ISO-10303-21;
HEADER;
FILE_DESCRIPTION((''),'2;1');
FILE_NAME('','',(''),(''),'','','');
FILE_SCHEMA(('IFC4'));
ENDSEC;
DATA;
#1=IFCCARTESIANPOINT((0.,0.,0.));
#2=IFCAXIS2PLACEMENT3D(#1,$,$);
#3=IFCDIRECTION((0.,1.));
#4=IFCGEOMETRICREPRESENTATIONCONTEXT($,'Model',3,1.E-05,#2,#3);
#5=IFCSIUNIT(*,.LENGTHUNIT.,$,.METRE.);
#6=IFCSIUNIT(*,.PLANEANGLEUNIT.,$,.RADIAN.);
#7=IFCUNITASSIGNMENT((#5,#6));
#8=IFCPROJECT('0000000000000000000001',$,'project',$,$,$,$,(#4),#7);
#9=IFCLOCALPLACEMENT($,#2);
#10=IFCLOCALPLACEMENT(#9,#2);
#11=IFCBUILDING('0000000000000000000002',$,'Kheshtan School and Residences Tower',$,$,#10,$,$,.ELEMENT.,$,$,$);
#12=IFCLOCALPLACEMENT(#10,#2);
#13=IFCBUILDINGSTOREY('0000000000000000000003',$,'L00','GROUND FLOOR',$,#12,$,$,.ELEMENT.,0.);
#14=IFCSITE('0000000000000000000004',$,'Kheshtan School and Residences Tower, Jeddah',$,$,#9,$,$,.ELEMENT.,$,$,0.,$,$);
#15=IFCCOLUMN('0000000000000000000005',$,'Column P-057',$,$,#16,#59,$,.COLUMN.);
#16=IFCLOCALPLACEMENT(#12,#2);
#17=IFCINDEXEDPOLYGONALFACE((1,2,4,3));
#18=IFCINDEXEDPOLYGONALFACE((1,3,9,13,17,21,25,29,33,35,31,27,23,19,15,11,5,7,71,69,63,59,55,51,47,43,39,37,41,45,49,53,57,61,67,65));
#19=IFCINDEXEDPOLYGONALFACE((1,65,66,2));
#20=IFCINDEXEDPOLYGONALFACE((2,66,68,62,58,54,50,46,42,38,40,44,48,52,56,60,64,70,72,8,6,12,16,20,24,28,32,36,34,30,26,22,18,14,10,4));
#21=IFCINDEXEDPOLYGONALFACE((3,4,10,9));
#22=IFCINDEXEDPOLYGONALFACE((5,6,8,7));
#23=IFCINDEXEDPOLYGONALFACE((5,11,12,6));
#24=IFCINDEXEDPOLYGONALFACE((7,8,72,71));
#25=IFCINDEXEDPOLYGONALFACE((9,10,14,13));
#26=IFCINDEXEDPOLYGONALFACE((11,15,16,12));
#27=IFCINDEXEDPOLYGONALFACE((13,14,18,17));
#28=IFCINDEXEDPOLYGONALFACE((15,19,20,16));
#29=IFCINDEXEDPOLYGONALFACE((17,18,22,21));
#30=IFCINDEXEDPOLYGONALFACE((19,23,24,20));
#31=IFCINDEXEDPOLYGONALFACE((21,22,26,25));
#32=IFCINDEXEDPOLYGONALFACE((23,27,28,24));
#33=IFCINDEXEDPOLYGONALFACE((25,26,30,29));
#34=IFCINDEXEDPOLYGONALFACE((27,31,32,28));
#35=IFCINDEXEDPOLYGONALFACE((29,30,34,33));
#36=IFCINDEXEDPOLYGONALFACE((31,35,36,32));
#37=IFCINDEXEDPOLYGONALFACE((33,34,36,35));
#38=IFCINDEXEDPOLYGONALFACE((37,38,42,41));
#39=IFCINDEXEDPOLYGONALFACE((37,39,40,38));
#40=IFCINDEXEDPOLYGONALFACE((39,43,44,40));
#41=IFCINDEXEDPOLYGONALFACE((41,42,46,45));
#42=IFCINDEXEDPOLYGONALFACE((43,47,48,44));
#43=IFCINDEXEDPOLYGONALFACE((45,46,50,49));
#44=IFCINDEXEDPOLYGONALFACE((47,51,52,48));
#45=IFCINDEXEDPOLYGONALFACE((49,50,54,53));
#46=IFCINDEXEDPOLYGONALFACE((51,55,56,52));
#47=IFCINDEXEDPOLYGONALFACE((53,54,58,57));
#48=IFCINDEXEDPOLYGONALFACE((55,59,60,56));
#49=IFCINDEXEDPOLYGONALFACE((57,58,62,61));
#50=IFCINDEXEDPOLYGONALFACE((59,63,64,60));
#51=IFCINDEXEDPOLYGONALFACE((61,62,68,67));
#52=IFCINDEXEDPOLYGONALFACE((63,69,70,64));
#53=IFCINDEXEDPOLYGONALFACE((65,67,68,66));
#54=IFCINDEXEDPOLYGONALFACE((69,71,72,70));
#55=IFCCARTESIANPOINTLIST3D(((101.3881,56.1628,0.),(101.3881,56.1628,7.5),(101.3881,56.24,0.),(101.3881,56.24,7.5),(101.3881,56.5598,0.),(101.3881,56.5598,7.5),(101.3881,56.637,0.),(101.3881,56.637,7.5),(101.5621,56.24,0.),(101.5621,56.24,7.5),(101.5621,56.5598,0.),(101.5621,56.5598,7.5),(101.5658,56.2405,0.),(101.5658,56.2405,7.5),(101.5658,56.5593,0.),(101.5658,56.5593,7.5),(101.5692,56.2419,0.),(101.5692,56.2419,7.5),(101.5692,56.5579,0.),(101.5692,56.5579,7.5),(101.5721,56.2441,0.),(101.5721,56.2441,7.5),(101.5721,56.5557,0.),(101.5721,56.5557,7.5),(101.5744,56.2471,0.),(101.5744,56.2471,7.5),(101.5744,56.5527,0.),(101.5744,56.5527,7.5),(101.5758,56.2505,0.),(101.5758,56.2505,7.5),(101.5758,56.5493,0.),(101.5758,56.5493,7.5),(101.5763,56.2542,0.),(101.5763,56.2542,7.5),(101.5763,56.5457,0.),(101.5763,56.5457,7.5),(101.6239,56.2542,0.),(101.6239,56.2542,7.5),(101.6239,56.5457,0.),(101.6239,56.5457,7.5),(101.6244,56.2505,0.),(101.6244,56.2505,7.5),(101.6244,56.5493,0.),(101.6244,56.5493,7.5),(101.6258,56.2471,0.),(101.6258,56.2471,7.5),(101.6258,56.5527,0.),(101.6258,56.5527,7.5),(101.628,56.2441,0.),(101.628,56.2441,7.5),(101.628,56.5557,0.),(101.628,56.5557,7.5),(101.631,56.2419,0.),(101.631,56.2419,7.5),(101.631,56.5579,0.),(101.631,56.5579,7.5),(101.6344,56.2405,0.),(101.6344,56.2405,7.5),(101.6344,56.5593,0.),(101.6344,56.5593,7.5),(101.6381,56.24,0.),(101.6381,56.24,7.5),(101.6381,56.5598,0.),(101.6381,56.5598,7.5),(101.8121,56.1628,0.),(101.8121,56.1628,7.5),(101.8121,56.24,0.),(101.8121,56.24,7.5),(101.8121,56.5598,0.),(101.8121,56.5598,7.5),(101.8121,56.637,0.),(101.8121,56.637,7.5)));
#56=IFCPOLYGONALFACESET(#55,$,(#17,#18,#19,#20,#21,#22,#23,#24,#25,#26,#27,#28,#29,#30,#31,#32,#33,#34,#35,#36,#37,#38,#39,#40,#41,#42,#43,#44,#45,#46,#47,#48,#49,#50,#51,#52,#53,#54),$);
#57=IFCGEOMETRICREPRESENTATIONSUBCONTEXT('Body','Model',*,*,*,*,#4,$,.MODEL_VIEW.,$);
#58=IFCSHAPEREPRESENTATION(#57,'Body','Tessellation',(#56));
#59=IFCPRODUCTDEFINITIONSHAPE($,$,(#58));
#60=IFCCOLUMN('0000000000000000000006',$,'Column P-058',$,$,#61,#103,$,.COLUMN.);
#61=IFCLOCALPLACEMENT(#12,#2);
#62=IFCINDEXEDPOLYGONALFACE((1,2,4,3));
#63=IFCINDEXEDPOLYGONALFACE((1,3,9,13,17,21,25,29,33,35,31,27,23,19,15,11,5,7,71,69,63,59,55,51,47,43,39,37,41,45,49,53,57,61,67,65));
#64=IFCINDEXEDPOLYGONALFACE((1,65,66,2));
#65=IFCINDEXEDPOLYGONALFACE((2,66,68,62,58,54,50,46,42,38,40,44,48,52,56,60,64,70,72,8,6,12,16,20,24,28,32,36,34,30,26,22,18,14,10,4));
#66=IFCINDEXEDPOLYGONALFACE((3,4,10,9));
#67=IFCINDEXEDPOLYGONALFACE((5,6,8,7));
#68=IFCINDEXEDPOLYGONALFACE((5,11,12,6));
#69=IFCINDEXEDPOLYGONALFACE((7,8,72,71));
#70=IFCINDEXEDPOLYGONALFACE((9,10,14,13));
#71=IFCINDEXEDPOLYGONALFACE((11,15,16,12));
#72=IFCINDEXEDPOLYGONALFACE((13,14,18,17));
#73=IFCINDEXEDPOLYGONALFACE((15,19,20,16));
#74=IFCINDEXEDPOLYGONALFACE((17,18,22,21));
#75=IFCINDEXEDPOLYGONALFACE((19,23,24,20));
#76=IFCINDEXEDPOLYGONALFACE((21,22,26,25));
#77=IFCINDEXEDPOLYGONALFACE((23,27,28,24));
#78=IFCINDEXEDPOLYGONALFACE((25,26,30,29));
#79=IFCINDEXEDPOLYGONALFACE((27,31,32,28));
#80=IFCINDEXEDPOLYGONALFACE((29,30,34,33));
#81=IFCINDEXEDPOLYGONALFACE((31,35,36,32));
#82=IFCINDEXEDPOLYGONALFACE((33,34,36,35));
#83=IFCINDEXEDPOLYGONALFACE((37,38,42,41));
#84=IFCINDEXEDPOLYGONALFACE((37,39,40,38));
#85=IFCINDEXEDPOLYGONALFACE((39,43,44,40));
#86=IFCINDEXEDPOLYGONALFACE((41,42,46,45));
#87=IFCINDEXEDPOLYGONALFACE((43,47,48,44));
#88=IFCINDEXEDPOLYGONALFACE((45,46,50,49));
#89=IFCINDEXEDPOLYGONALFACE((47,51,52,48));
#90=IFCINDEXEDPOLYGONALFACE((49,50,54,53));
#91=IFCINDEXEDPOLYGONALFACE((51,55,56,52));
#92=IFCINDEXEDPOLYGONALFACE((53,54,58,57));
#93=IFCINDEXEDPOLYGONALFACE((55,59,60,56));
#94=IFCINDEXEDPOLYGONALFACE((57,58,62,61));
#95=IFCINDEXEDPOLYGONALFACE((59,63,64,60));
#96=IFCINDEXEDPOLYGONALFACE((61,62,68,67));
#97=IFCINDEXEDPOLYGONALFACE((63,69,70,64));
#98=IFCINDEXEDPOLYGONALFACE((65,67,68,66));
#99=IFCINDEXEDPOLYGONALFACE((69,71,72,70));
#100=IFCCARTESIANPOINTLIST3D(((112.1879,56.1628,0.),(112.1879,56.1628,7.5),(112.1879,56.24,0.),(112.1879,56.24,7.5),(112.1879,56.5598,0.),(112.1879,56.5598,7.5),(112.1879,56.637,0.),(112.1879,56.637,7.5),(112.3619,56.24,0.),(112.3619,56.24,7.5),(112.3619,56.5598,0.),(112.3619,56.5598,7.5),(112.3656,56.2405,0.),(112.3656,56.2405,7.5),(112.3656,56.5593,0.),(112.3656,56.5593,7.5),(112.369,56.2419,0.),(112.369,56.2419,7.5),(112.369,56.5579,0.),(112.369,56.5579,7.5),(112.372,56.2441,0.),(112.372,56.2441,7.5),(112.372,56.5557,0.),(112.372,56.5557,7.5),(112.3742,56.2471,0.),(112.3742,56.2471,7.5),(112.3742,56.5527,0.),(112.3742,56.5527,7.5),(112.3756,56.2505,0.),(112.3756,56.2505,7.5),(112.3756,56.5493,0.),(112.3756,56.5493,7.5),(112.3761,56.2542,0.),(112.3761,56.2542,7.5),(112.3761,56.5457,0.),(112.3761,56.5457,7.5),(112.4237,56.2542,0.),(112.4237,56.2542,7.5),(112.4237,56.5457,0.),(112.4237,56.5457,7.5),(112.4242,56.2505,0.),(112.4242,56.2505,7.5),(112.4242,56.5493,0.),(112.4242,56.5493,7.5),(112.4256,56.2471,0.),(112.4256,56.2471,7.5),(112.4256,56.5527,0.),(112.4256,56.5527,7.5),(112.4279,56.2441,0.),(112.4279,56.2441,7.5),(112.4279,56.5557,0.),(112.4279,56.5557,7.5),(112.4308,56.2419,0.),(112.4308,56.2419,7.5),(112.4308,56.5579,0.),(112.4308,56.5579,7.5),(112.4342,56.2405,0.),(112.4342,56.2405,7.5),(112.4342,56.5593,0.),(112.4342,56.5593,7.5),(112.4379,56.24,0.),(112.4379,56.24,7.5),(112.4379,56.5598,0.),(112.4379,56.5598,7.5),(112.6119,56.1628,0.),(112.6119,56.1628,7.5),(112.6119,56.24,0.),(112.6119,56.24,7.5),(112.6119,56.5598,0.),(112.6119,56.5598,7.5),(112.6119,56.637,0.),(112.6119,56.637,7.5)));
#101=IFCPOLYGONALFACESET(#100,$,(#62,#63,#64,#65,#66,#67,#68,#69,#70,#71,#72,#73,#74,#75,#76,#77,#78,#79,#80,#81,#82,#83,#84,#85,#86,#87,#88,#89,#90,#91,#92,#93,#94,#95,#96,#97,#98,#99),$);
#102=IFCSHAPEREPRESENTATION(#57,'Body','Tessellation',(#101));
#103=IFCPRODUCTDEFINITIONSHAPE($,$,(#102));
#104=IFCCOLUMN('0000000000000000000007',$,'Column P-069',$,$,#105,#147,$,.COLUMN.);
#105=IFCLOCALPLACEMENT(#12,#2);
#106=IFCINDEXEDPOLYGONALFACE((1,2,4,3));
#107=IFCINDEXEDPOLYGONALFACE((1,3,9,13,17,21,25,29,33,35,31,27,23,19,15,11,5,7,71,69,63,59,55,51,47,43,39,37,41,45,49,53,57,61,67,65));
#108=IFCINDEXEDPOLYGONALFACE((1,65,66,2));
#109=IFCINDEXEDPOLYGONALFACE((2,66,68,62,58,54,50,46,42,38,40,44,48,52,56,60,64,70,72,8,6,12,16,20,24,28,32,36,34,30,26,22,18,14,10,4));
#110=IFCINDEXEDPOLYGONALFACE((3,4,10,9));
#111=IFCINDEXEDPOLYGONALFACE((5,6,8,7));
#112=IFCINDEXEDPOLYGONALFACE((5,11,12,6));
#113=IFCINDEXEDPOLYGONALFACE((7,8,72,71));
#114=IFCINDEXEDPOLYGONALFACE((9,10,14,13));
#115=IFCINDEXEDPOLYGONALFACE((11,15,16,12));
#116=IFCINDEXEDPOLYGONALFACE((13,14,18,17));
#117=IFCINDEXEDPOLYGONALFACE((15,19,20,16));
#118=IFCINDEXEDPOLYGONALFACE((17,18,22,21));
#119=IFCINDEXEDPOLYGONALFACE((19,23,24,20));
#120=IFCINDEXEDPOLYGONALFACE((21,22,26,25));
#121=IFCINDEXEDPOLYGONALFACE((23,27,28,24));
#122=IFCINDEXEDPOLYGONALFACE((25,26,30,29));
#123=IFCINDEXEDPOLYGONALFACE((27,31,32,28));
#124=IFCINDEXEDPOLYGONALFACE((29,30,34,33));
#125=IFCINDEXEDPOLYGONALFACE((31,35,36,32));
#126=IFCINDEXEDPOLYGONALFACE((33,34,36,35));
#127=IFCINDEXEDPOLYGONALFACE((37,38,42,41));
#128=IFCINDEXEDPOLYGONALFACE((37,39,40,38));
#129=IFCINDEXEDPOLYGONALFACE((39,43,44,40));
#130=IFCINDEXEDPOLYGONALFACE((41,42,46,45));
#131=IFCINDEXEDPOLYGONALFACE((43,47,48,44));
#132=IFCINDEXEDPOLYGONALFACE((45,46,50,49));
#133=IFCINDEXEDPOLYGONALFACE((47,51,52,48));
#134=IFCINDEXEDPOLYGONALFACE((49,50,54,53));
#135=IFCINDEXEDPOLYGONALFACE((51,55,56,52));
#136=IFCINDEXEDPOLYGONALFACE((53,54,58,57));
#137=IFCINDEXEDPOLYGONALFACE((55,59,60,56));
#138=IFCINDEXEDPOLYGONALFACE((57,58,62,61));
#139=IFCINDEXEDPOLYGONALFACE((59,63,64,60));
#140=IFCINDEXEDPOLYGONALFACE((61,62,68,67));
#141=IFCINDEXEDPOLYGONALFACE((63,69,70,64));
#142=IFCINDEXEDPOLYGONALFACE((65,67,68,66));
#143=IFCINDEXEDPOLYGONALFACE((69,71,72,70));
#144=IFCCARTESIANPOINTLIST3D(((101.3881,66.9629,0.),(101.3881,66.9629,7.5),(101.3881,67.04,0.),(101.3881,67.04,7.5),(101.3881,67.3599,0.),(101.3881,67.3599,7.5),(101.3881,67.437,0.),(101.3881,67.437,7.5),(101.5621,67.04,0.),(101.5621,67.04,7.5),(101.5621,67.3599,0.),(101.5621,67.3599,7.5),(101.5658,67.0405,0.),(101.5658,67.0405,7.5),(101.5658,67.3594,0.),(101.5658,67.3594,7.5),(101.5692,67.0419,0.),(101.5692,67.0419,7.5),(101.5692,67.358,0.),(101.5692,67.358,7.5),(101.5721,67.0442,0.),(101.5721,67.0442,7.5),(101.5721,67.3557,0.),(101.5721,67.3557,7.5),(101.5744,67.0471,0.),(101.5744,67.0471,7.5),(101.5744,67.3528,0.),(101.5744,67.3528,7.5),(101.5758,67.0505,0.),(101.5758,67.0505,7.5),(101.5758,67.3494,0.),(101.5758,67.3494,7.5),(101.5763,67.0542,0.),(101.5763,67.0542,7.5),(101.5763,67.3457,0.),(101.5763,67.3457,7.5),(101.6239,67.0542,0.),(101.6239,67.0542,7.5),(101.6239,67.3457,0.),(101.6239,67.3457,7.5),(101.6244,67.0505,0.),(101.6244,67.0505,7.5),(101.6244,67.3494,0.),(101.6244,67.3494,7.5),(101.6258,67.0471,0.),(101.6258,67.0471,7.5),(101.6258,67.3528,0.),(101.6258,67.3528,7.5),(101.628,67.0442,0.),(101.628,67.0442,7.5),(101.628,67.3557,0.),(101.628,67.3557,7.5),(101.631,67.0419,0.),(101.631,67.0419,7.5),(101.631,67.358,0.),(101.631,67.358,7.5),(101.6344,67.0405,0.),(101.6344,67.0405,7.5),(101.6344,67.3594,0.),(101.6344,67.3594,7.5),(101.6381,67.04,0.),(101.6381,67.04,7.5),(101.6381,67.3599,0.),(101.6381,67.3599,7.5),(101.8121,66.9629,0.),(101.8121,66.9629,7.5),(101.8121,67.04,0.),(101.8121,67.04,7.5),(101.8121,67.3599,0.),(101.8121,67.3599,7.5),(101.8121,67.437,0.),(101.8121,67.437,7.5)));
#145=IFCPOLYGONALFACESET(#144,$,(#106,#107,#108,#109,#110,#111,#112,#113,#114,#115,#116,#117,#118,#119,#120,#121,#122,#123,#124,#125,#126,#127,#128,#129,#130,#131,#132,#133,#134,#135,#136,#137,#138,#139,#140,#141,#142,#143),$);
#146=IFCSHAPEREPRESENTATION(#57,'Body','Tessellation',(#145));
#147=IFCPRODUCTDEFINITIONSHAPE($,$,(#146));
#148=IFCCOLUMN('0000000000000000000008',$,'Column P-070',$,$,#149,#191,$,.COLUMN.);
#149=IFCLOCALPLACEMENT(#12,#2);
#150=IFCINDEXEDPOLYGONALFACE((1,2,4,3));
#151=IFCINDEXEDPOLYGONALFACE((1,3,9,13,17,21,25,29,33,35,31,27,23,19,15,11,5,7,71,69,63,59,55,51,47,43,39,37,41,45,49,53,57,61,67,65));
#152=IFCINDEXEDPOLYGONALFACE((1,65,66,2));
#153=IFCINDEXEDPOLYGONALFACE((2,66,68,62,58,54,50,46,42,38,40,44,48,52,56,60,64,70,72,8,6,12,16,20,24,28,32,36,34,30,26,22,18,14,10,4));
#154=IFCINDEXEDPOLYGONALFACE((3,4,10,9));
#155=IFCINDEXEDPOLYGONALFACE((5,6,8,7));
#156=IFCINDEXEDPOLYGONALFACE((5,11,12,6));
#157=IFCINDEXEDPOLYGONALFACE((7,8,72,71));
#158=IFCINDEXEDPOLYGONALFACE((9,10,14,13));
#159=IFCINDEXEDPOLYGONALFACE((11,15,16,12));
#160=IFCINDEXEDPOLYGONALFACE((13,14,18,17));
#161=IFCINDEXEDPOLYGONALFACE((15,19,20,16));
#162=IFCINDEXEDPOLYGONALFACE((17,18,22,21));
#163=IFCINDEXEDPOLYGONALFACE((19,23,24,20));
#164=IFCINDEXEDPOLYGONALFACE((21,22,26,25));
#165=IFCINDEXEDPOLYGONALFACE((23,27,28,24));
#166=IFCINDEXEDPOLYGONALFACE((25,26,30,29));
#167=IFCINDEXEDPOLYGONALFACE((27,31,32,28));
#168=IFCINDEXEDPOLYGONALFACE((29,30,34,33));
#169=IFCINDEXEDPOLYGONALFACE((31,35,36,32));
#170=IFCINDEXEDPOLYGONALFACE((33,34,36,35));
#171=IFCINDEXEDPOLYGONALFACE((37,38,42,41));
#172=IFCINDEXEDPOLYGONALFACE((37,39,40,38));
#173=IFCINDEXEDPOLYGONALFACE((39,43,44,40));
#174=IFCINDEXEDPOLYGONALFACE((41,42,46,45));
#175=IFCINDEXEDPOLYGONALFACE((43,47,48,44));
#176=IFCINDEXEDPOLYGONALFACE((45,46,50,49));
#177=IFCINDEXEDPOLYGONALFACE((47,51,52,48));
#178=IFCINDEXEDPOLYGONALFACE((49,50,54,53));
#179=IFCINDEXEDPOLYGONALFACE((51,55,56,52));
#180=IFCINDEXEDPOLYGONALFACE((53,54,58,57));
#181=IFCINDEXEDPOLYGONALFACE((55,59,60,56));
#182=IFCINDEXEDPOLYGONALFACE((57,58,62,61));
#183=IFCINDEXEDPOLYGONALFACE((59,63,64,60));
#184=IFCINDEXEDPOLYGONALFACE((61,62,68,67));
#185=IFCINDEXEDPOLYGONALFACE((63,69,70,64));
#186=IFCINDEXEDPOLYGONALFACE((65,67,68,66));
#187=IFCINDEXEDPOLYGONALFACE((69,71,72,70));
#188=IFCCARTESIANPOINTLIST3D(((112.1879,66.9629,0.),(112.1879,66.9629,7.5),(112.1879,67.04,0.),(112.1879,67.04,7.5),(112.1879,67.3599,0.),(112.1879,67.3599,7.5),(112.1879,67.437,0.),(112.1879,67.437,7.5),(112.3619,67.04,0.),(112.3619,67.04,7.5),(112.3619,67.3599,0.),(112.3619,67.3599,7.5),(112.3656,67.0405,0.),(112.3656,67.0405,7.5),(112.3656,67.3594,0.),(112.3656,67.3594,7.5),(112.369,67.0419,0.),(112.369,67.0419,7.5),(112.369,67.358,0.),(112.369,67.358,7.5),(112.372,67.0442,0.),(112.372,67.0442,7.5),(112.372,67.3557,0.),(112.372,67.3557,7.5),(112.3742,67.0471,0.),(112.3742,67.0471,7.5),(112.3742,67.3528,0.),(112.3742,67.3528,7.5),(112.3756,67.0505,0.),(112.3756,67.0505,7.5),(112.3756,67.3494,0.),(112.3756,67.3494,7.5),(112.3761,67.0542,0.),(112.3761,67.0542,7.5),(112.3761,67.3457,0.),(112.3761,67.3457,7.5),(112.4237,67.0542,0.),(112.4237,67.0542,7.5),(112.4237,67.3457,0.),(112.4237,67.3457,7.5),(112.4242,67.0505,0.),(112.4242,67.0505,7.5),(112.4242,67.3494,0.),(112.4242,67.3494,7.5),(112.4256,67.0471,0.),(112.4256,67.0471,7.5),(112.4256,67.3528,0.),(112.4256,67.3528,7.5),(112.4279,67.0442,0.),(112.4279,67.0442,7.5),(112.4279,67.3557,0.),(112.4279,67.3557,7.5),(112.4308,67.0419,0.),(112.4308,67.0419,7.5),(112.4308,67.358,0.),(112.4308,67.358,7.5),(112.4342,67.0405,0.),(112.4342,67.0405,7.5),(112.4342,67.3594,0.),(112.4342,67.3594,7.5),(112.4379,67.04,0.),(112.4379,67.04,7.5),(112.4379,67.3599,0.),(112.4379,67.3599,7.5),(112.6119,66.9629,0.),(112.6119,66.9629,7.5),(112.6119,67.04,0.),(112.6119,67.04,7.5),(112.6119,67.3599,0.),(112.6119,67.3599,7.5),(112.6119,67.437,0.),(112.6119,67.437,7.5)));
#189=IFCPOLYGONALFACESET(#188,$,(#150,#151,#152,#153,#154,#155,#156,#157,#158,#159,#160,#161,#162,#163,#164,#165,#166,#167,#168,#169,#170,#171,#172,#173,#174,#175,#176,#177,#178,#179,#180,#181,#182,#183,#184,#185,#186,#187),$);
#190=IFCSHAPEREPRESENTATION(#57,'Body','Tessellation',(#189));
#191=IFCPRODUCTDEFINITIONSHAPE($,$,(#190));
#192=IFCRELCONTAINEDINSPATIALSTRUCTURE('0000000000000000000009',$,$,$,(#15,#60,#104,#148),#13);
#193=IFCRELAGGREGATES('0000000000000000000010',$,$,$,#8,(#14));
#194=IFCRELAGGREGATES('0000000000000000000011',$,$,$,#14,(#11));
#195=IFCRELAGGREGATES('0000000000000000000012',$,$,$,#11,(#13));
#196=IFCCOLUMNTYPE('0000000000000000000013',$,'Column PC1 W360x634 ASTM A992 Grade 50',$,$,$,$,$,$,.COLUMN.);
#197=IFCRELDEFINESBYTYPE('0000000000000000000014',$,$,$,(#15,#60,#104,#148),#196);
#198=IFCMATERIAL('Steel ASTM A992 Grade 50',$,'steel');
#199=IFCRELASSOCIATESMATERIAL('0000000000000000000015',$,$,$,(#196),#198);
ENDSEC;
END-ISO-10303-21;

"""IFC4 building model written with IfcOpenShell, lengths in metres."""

from ifc_helpers import new_model, si_unit, direction, frame, origin, origin_2d, place, context, subcontext, project, spatial, i_section, extrude, material, material_profile, profile_set, type_object, element, save


model = new_model("IFC4")

# Units and contexts
model_context = context("Model", 3, precision=1e-05, world=origin(), true_north=direction((0.0, 1.0)))
body_context = subcontext(model_context, "Body", "Model", "MODEL_VIEW")
ifc_project = project(units=[si_unit("LENGTHUNIT", "METRE"), si_unit("PLANEANGLEUNIT", "RADIAN")], contexts=[model_context])

# Site, building, storey
site_placement = place(None, origin())
site = spatial("IfcSite", under=ifc_project, at=site_placement, Name="Kheshtan School and Residences Tower, Jeddah", CompositionType="ELEMENT", RefElevation=0.0)
building_placement = place(site_placement, origin())
building = spatial("IfcBuilding", under=site, at=building_placement, Name="Kheshtan School and Residences Tower", CompositionType="ELEMENT")
storey_placement = place(building_placement, origin())
storey = spatial("IfcBuildingStorey", under=building, at=storey_placement, Name="L00", Description="GROUND FLOOR", CompositionType="ELEMENT", Elevation=0.0)

# Columns
ifc_material_1 = material(Name="Steel ASTM A992 Grade 50", Category="steel")
ifc_material_profile_1 = material_profile(ifc_material_1, i_section(OverallWidth=0.4241, OverallDepth=0.4741, WebThickness=0.0476, FlangeThickness=0.0771, FilletRadius=0.0142, at=origin_2d()), Name="W360x634")
ifc_profile_set_1 = profile_set([ifc_material_profile_1], Name="Steel ASTM A992 Grade 50")
column_type = type_object("IfcColumnType", Name="Column PC1 W360x634 ASTM A992 Grade 50", PredefinedType="COLUMN", material=ifc_profile_set_1)
for number, where, z_axis, x_axis, name in (
    (1, (101.6001, 56.3999, 0.0), (0.0, 0.0, 1.0), (1.0, 0.0, 0.0), "Column P-057"),
    (2, (112.3999, 56.3999, 0.0), (0.0, 0.0, 1.0), (1.0, 0.0, 0.0), "Column P-058"),
    (3, (101.6001, 67.2, 0.0), (0.0, 0.0, 1.0), (1.0, 0.0, 0.0), "Column P-069"),
    (4, (112.3999, 67.2, 0.0), (0.0, 0.0, 1.0), (1.0, 0.0, 0.0), "Column P-070"),
):
    element("IfcColumn", number, at=place(storey_placement, frame(where, z_axis=z_axis, x_axis=x_axis)), inside=storey, type_object=column_type, Name=name, PredefinedType="COLUMN", context=body_context, shape_type="SweptSolid", body=[
        extrude(i_section(OverallWidth=0.4241, OverallDepth=0.4741, WebThickness=0.0476, FlangeThickness=0.0771, FilletRadius=0.0142, at=origin_2d()), origin(), (0.0, 0.0, 1.0), 7.5),
    ])

save(model, "model.ifc")
